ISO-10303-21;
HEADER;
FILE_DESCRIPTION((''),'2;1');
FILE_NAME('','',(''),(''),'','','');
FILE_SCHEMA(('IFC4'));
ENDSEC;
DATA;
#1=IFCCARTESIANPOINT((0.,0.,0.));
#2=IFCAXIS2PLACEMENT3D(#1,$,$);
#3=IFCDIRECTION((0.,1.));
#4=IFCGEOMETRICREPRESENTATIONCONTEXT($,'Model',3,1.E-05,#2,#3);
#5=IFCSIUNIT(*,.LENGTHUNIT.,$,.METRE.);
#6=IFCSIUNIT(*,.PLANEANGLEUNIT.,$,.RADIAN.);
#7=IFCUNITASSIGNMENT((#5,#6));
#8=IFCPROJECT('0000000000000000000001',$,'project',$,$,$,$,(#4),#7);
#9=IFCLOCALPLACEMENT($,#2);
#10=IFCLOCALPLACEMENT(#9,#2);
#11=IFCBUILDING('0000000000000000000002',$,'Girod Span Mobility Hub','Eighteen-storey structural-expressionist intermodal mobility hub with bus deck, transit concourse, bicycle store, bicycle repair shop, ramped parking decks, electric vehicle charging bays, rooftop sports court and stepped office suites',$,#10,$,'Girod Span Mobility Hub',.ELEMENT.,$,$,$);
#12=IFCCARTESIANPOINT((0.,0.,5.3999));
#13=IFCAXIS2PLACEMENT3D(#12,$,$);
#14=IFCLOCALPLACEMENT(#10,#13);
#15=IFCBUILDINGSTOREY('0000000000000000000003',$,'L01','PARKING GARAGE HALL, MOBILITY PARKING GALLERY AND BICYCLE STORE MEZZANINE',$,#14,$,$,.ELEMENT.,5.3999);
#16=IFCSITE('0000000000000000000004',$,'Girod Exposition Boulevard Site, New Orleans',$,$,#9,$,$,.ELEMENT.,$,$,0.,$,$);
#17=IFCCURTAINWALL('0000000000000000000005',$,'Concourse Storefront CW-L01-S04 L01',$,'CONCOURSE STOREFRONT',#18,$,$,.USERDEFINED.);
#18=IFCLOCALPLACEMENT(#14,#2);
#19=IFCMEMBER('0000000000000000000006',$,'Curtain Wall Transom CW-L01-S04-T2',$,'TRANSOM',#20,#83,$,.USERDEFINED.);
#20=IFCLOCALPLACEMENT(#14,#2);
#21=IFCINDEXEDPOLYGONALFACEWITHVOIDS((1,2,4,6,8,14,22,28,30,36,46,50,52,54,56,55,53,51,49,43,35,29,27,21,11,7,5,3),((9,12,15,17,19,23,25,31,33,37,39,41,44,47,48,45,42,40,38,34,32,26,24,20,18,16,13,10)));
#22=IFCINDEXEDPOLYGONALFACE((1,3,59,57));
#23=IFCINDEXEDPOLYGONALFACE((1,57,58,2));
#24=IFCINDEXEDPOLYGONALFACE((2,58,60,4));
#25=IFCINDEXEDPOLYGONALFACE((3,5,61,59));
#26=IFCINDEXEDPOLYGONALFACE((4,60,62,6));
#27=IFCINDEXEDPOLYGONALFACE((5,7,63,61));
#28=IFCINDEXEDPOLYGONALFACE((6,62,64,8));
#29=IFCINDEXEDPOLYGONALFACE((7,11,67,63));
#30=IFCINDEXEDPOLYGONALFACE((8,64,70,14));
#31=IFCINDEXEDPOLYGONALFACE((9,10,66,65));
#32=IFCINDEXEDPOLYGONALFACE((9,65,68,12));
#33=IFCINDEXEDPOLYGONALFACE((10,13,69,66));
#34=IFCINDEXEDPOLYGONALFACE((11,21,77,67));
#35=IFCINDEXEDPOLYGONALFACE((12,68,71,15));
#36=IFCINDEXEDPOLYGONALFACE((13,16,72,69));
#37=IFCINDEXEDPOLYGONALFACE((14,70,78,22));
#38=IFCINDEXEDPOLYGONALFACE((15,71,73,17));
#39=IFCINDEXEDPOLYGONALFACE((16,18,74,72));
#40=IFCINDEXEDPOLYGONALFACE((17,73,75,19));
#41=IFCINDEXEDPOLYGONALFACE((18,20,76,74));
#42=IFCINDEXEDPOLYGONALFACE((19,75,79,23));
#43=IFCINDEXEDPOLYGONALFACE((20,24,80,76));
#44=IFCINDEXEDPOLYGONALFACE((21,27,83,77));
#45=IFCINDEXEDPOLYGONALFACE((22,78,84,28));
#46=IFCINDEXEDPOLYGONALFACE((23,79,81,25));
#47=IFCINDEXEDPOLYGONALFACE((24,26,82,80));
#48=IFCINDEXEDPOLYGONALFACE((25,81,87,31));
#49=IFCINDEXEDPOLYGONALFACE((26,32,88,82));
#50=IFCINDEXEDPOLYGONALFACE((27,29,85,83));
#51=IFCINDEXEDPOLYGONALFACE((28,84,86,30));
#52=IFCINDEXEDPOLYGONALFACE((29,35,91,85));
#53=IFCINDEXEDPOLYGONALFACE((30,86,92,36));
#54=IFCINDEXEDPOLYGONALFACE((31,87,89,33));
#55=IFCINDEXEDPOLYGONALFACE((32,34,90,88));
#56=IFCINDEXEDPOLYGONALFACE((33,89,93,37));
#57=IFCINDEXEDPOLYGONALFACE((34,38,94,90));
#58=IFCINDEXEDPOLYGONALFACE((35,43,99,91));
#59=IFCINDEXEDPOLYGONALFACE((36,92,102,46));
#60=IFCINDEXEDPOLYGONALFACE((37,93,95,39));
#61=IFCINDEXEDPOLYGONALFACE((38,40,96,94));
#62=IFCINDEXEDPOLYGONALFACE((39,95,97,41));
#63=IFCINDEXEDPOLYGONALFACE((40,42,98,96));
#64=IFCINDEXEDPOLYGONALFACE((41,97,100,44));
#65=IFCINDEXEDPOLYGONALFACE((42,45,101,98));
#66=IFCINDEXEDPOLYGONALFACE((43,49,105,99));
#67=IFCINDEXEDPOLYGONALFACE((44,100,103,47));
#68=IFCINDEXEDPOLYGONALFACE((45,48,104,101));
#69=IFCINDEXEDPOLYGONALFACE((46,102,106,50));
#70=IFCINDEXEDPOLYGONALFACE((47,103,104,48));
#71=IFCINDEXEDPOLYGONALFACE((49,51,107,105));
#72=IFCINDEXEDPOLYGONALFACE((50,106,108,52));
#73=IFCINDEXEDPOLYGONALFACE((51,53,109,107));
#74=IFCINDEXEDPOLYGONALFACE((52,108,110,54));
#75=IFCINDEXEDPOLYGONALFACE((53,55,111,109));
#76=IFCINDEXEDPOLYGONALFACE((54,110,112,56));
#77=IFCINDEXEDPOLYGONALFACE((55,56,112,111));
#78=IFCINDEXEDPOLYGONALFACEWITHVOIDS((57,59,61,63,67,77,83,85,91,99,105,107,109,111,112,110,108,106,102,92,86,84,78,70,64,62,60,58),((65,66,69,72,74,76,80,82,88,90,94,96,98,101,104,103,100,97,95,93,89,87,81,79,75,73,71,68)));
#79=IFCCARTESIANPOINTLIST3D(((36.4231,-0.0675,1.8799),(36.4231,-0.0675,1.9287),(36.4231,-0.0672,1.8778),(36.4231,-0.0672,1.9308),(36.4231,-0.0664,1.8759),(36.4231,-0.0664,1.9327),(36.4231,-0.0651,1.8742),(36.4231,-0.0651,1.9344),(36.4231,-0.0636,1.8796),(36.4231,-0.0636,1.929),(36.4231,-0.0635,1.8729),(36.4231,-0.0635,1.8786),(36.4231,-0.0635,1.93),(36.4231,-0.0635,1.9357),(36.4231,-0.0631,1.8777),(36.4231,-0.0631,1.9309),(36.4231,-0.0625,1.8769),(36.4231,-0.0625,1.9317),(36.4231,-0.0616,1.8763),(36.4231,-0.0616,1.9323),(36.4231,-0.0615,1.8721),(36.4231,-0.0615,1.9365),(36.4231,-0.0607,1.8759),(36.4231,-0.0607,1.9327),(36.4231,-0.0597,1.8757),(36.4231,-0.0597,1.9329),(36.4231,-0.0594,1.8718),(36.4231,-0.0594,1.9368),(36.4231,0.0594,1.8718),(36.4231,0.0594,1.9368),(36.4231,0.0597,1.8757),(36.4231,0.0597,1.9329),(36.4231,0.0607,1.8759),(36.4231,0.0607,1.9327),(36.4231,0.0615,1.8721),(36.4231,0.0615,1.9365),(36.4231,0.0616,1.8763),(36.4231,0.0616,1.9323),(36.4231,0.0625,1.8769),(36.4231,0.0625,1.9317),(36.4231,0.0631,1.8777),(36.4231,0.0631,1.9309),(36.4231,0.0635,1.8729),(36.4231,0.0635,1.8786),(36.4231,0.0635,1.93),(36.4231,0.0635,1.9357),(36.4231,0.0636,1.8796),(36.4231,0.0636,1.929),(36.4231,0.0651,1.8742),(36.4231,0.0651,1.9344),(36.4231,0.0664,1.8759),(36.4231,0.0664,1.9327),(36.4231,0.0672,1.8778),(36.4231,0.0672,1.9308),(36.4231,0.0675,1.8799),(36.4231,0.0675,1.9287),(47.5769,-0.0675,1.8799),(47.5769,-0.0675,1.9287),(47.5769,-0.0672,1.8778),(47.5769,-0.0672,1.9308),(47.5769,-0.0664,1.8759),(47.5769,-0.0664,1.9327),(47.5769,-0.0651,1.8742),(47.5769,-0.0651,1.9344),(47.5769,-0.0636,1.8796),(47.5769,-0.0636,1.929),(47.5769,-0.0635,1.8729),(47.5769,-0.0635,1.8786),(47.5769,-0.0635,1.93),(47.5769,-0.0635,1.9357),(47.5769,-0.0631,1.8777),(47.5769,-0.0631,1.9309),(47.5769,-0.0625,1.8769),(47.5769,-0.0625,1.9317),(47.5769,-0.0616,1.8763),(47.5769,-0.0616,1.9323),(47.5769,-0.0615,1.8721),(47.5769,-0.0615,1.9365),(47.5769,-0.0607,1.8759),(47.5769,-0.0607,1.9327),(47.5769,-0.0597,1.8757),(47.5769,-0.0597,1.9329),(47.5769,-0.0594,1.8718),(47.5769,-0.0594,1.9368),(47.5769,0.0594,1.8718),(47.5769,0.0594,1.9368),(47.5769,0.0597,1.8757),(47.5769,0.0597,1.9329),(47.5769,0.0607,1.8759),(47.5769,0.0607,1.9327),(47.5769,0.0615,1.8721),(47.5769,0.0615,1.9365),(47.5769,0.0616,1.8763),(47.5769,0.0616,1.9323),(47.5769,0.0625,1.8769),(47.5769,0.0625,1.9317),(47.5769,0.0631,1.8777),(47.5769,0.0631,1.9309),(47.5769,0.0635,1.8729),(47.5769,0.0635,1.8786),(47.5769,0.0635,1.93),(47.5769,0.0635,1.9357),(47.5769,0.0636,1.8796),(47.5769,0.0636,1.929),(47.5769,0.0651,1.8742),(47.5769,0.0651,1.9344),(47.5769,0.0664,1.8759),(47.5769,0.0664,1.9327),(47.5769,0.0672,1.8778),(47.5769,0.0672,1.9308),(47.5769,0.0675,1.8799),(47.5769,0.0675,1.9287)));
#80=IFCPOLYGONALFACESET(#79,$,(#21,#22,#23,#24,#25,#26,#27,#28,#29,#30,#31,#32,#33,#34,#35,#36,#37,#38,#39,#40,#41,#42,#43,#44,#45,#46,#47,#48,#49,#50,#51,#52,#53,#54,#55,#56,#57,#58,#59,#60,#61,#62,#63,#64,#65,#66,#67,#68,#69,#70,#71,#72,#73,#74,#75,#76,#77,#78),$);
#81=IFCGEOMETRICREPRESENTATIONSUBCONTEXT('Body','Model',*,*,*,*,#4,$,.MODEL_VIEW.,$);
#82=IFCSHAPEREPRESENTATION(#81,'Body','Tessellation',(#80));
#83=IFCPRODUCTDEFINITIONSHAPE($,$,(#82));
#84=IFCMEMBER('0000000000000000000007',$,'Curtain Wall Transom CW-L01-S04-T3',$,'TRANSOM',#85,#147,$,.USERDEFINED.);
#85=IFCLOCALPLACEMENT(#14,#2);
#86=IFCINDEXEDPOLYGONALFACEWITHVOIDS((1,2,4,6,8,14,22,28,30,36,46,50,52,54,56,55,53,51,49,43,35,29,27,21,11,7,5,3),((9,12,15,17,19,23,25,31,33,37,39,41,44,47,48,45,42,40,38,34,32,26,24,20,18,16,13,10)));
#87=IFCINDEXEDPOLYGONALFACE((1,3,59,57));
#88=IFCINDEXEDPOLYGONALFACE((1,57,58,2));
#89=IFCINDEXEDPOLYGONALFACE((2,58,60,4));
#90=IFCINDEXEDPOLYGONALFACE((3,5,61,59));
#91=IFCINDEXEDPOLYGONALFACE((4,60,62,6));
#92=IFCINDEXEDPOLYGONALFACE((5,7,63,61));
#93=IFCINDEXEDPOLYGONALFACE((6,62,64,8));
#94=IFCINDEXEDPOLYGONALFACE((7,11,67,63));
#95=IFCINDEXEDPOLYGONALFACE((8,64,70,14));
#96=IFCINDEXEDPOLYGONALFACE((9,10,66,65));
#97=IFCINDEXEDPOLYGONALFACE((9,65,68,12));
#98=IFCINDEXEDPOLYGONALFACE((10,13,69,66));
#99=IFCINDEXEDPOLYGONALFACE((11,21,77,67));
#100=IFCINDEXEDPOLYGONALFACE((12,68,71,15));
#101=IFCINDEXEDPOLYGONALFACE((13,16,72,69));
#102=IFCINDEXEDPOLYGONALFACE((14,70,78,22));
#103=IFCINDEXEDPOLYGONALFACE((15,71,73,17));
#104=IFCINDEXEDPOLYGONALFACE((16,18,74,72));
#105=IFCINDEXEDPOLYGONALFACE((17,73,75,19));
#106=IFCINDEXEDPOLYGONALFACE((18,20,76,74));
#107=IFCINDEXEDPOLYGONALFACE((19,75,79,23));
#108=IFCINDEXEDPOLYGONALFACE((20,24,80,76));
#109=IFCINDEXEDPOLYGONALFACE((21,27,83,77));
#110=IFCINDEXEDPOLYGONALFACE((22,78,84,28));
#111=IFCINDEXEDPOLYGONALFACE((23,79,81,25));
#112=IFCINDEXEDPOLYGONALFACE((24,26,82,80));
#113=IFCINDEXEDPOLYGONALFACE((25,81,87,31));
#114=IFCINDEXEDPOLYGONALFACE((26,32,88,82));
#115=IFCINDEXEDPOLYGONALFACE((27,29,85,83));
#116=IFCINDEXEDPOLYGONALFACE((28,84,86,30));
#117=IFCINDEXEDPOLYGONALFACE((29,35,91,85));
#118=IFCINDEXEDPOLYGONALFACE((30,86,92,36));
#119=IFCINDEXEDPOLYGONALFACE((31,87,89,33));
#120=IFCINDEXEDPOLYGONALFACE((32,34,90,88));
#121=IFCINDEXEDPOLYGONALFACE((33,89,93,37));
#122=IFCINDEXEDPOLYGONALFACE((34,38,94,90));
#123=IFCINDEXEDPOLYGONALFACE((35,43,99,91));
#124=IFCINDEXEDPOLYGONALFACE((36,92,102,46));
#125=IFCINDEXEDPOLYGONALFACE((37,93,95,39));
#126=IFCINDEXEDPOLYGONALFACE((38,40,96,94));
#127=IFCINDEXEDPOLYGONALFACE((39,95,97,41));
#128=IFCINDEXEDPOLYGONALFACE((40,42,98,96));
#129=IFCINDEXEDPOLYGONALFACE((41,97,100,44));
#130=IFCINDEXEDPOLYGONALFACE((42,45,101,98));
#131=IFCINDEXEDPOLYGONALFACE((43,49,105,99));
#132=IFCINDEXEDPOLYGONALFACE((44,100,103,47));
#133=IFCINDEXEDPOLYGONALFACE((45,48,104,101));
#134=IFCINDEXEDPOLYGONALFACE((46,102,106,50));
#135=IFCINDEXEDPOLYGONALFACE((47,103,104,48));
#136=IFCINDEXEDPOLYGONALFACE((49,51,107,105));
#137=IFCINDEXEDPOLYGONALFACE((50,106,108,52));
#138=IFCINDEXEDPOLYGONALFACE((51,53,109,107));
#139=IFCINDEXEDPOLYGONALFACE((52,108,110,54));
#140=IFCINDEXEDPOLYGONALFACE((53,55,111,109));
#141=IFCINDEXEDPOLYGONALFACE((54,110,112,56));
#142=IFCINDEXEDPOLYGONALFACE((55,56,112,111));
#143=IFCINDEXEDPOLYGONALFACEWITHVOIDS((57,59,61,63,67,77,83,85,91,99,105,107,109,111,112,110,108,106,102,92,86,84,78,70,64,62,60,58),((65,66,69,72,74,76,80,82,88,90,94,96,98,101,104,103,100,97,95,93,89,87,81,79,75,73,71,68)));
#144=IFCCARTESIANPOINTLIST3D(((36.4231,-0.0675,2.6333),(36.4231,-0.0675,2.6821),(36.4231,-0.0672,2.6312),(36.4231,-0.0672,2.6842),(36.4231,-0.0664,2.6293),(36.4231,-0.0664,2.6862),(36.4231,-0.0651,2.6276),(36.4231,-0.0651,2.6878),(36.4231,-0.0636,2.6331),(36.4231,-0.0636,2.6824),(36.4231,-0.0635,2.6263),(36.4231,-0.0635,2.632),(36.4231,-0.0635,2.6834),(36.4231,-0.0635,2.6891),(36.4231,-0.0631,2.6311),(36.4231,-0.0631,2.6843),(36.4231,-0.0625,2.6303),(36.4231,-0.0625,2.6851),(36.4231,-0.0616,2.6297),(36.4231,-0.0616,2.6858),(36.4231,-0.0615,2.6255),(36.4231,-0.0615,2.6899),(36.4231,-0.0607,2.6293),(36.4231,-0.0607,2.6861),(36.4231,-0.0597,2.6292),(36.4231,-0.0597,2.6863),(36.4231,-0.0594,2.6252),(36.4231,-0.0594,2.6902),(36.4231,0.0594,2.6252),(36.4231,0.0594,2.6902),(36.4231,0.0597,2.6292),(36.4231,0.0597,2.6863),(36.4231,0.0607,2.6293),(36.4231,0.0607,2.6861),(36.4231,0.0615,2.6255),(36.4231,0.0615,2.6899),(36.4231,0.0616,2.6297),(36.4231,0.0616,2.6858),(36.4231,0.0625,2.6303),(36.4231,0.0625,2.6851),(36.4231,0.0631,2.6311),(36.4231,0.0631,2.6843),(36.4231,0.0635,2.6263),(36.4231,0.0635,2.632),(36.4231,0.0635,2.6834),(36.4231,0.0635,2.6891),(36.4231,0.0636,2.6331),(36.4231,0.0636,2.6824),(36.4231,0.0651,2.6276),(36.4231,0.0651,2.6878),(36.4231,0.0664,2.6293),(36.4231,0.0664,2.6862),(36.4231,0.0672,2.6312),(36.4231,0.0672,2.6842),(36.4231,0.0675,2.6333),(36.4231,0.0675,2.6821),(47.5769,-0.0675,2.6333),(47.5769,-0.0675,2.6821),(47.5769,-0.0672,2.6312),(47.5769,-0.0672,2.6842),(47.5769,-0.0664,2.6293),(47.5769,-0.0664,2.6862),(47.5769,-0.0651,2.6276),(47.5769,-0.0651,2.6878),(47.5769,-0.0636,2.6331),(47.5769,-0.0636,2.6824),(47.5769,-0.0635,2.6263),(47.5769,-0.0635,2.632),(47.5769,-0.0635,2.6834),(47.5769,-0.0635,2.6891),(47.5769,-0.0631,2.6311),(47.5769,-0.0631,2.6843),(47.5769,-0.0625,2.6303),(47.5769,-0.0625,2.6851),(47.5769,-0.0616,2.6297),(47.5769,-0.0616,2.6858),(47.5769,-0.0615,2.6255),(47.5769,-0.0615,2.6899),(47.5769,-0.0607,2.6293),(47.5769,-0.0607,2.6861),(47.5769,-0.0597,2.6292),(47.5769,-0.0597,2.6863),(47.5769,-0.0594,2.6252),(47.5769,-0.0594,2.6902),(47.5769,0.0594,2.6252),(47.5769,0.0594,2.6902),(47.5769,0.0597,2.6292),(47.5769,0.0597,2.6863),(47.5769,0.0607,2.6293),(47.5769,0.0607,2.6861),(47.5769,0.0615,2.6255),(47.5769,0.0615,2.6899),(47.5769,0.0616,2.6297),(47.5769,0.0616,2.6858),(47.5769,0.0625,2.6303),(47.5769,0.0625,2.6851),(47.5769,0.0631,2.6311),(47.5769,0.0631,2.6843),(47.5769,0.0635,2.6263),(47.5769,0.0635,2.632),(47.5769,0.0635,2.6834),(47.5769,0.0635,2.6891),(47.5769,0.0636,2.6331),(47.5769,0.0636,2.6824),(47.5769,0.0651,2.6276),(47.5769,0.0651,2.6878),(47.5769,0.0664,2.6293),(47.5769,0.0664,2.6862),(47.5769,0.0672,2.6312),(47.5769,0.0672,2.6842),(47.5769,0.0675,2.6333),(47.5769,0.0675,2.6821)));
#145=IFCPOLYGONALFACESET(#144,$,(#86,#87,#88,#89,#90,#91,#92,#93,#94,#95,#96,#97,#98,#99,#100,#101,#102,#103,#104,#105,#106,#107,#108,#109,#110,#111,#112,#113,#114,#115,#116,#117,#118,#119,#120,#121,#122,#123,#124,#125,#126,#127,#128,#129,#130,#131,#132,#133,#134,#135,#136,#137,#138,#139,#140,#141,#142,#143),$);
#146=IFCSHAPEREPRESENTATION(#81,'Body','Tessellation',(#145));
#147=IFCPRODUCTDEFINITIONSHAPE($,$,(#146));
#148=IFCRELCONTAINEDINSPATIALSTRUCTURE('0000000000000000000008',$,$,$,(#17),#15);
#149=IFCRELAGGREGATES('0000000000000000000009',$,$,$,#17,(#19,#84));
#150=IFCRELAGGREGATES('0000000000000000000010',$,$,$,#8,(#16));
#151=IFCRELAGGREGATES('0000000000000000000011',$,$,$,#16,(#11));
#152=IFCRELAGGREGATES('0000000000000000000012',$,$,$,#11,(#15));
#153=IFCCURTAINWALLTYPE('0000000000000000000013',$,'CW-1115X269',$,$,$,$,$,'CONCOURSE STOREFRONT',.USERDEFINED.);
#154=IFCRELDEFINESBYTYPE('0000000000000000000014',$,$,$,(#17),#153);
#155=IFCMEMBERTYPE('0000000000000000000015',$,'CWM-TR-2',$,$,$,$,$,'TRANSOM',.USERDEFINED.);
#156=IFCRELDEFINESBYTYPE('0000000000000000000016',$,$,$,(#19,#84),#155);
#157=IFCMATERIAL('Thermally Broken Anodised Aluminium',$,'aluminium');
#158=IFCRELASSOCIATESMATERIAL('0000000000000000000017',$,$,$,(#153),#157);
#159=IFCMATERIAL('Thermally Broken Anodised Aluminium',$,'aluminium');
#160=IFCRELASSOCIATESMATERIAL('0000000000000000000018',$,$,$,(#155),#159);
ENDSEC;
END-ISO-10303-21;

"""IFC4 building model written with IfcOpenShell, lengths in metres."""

from ifc_helpers import new_model, si_unit, direction, frame, origin, origin_2d, place, context, subcontext, project, spatial, hollow_rectangle, extrude, material, material_profile, profile_set, type_object, element, aggregate, save


model = new_model("IFC4")

# Units and contexts
model_context = context("Model", 3, precision=1e-05, world=origin(), true_north=direction((0.0, 1.0)))
body_context = subcontext(model_context, "Body", "Model", "MODEL_VIEW")
ifc_project = project(units=[si_unit("LENGTHUNIT", "METRE"), si_unit("PLANEANGLEUNIT", "RADIAN")], contexts=[model_context])

# Site, building, storey
site_placement = place(None, origin())
site = spatial("IfcSite", under=ifc_project, at=site_placement, Name="Girod Exposition Boulevard Site, New Orleans", CompositionType="ELEMENT", RefElevation=0.0)
building_placement = place(site_placement, origin())
building = spatial("IfcBuilding", under=site, at=building_placement, Name="Girod Span Mobility Hub", Description="Eighteen-storey structural-expressionist intermodal mobility hub with bus deck, transit concourse, bicycle store, bicycle repair shop, ramped parking decks, electric vehicle charging bays, rooftop sports court and stepped office suites", LongName="Girod Span Mobility Hub", CompositionType="ELEMENT")
storey_placement = place(building_placement, frame((0.0, 0.0, 5.3999)))
storey = spatial("IfcBuildingStorey", under=building, at=storey_placement, Name="L01", Description="PARKING GARAGE HALL, MOBILITY PARKING GALLERY AND BICYCLE STORE MEZZANINE", CompositionType="ELEMENT", Elevation=5.3999)

# Curtain wall, members
ifc_material_1 = material(Name="Thermally Broken Anodised Aluminium", Category="aluminium")
curtain_wall_type = type_object("IfcCurtainWallType", Name="CW-1115X269", ElementType="CONCOURSE STOREFRONT", PredefinedType="USERDEFINED", material=ifc_material_1)
curtain_wall_placement = place(storey_placement, origin())
curtain_wall = element("IfcCurtainWall", 1, at=curtain_wall_placement, inside=storey, type_object=curtain_wall_type, Name="Concourse Storefront CW-L01-S04 L01", ObjectType="CONCOURSE STOREFRONT", PredefinedType="USERDEFINED")
ifc_material_2 = material(Name="Thermally Broken Anodised Aluminium", Category="aluminium")
ifc_material_profile_1 = material_profile(ifc_material_2, hollow_rectangle(XDim=0.135, YDim=0.0649, WallThickness=0.0039, InnerFilletRadius=0.0039, OuterFilletRadius=0.0081, at=origin_2d()), Name="CW-TR-65X135")
ifc_profile_set_1 = profile_set([ifc_material_profile_1], Name="Thermally Broken Anodised Aluminium")
member_type_1 = type_object("IfcMemberType", Name="CWM-TR-2", ElementType="TRANSOM", PredefinedType="USERDEFINED", material=ifc_profile_set_1)
member_1_placement = place(storey_placement, frame((36.4231, 0.0, 1.9043), z_axis=(1.0, 0.0, 0.0), x_axis=(0.0, 1.0, 0.0)))
member_1 = element("IfcMember", 2, at=member_1_placement, type_object=member_type_1, Name="Curtain Wall Transom CW-L01-S04-T2", ObjectType="TRANSOM", PredefinedType="USERDEFINED", context=body_context, shape_type="SweptSolid", body=[
    extrude(hollow_rectangle(XDim=0.135, YDim=0.0649, WallThickness=0.0039, InnerFilletRadius=0.0039, OuterFilletRadius=0.0081, at=origin_2d()), origin(), (0.0, 0.0, 1.0), 11.1538),
])
member_2_placement = place(storey_placement, frame((36.4231, 0.0, 2.6577), z_axis=(1.0, 0.0, 0.0), x_axis=(0.0, 1.0, 0.0)))
member_2 = element("IfcMember", 3, at=member_2_placement, type_object=member_type_1, Name="Curtain Wall Transom CW-L01-S04-T3", ObjectType="TRANSOM", PredefinedType="USERDEFINED", context=body_context, shape_type="SweptSolid", body=[
    extrude(hollow_rectangle(XDim=0.135, YDim=0.0649, WallThickness=0.0039, InnerFilletRadius=0.0039, OuterFilletRadius=0.0081, at=origin_2d()), origin(), (0.0, 0.0, 1.0), 11.1538),
])

aggregate(curtain_wall, [member_1, member_2])

save(model, "model.ifc")
